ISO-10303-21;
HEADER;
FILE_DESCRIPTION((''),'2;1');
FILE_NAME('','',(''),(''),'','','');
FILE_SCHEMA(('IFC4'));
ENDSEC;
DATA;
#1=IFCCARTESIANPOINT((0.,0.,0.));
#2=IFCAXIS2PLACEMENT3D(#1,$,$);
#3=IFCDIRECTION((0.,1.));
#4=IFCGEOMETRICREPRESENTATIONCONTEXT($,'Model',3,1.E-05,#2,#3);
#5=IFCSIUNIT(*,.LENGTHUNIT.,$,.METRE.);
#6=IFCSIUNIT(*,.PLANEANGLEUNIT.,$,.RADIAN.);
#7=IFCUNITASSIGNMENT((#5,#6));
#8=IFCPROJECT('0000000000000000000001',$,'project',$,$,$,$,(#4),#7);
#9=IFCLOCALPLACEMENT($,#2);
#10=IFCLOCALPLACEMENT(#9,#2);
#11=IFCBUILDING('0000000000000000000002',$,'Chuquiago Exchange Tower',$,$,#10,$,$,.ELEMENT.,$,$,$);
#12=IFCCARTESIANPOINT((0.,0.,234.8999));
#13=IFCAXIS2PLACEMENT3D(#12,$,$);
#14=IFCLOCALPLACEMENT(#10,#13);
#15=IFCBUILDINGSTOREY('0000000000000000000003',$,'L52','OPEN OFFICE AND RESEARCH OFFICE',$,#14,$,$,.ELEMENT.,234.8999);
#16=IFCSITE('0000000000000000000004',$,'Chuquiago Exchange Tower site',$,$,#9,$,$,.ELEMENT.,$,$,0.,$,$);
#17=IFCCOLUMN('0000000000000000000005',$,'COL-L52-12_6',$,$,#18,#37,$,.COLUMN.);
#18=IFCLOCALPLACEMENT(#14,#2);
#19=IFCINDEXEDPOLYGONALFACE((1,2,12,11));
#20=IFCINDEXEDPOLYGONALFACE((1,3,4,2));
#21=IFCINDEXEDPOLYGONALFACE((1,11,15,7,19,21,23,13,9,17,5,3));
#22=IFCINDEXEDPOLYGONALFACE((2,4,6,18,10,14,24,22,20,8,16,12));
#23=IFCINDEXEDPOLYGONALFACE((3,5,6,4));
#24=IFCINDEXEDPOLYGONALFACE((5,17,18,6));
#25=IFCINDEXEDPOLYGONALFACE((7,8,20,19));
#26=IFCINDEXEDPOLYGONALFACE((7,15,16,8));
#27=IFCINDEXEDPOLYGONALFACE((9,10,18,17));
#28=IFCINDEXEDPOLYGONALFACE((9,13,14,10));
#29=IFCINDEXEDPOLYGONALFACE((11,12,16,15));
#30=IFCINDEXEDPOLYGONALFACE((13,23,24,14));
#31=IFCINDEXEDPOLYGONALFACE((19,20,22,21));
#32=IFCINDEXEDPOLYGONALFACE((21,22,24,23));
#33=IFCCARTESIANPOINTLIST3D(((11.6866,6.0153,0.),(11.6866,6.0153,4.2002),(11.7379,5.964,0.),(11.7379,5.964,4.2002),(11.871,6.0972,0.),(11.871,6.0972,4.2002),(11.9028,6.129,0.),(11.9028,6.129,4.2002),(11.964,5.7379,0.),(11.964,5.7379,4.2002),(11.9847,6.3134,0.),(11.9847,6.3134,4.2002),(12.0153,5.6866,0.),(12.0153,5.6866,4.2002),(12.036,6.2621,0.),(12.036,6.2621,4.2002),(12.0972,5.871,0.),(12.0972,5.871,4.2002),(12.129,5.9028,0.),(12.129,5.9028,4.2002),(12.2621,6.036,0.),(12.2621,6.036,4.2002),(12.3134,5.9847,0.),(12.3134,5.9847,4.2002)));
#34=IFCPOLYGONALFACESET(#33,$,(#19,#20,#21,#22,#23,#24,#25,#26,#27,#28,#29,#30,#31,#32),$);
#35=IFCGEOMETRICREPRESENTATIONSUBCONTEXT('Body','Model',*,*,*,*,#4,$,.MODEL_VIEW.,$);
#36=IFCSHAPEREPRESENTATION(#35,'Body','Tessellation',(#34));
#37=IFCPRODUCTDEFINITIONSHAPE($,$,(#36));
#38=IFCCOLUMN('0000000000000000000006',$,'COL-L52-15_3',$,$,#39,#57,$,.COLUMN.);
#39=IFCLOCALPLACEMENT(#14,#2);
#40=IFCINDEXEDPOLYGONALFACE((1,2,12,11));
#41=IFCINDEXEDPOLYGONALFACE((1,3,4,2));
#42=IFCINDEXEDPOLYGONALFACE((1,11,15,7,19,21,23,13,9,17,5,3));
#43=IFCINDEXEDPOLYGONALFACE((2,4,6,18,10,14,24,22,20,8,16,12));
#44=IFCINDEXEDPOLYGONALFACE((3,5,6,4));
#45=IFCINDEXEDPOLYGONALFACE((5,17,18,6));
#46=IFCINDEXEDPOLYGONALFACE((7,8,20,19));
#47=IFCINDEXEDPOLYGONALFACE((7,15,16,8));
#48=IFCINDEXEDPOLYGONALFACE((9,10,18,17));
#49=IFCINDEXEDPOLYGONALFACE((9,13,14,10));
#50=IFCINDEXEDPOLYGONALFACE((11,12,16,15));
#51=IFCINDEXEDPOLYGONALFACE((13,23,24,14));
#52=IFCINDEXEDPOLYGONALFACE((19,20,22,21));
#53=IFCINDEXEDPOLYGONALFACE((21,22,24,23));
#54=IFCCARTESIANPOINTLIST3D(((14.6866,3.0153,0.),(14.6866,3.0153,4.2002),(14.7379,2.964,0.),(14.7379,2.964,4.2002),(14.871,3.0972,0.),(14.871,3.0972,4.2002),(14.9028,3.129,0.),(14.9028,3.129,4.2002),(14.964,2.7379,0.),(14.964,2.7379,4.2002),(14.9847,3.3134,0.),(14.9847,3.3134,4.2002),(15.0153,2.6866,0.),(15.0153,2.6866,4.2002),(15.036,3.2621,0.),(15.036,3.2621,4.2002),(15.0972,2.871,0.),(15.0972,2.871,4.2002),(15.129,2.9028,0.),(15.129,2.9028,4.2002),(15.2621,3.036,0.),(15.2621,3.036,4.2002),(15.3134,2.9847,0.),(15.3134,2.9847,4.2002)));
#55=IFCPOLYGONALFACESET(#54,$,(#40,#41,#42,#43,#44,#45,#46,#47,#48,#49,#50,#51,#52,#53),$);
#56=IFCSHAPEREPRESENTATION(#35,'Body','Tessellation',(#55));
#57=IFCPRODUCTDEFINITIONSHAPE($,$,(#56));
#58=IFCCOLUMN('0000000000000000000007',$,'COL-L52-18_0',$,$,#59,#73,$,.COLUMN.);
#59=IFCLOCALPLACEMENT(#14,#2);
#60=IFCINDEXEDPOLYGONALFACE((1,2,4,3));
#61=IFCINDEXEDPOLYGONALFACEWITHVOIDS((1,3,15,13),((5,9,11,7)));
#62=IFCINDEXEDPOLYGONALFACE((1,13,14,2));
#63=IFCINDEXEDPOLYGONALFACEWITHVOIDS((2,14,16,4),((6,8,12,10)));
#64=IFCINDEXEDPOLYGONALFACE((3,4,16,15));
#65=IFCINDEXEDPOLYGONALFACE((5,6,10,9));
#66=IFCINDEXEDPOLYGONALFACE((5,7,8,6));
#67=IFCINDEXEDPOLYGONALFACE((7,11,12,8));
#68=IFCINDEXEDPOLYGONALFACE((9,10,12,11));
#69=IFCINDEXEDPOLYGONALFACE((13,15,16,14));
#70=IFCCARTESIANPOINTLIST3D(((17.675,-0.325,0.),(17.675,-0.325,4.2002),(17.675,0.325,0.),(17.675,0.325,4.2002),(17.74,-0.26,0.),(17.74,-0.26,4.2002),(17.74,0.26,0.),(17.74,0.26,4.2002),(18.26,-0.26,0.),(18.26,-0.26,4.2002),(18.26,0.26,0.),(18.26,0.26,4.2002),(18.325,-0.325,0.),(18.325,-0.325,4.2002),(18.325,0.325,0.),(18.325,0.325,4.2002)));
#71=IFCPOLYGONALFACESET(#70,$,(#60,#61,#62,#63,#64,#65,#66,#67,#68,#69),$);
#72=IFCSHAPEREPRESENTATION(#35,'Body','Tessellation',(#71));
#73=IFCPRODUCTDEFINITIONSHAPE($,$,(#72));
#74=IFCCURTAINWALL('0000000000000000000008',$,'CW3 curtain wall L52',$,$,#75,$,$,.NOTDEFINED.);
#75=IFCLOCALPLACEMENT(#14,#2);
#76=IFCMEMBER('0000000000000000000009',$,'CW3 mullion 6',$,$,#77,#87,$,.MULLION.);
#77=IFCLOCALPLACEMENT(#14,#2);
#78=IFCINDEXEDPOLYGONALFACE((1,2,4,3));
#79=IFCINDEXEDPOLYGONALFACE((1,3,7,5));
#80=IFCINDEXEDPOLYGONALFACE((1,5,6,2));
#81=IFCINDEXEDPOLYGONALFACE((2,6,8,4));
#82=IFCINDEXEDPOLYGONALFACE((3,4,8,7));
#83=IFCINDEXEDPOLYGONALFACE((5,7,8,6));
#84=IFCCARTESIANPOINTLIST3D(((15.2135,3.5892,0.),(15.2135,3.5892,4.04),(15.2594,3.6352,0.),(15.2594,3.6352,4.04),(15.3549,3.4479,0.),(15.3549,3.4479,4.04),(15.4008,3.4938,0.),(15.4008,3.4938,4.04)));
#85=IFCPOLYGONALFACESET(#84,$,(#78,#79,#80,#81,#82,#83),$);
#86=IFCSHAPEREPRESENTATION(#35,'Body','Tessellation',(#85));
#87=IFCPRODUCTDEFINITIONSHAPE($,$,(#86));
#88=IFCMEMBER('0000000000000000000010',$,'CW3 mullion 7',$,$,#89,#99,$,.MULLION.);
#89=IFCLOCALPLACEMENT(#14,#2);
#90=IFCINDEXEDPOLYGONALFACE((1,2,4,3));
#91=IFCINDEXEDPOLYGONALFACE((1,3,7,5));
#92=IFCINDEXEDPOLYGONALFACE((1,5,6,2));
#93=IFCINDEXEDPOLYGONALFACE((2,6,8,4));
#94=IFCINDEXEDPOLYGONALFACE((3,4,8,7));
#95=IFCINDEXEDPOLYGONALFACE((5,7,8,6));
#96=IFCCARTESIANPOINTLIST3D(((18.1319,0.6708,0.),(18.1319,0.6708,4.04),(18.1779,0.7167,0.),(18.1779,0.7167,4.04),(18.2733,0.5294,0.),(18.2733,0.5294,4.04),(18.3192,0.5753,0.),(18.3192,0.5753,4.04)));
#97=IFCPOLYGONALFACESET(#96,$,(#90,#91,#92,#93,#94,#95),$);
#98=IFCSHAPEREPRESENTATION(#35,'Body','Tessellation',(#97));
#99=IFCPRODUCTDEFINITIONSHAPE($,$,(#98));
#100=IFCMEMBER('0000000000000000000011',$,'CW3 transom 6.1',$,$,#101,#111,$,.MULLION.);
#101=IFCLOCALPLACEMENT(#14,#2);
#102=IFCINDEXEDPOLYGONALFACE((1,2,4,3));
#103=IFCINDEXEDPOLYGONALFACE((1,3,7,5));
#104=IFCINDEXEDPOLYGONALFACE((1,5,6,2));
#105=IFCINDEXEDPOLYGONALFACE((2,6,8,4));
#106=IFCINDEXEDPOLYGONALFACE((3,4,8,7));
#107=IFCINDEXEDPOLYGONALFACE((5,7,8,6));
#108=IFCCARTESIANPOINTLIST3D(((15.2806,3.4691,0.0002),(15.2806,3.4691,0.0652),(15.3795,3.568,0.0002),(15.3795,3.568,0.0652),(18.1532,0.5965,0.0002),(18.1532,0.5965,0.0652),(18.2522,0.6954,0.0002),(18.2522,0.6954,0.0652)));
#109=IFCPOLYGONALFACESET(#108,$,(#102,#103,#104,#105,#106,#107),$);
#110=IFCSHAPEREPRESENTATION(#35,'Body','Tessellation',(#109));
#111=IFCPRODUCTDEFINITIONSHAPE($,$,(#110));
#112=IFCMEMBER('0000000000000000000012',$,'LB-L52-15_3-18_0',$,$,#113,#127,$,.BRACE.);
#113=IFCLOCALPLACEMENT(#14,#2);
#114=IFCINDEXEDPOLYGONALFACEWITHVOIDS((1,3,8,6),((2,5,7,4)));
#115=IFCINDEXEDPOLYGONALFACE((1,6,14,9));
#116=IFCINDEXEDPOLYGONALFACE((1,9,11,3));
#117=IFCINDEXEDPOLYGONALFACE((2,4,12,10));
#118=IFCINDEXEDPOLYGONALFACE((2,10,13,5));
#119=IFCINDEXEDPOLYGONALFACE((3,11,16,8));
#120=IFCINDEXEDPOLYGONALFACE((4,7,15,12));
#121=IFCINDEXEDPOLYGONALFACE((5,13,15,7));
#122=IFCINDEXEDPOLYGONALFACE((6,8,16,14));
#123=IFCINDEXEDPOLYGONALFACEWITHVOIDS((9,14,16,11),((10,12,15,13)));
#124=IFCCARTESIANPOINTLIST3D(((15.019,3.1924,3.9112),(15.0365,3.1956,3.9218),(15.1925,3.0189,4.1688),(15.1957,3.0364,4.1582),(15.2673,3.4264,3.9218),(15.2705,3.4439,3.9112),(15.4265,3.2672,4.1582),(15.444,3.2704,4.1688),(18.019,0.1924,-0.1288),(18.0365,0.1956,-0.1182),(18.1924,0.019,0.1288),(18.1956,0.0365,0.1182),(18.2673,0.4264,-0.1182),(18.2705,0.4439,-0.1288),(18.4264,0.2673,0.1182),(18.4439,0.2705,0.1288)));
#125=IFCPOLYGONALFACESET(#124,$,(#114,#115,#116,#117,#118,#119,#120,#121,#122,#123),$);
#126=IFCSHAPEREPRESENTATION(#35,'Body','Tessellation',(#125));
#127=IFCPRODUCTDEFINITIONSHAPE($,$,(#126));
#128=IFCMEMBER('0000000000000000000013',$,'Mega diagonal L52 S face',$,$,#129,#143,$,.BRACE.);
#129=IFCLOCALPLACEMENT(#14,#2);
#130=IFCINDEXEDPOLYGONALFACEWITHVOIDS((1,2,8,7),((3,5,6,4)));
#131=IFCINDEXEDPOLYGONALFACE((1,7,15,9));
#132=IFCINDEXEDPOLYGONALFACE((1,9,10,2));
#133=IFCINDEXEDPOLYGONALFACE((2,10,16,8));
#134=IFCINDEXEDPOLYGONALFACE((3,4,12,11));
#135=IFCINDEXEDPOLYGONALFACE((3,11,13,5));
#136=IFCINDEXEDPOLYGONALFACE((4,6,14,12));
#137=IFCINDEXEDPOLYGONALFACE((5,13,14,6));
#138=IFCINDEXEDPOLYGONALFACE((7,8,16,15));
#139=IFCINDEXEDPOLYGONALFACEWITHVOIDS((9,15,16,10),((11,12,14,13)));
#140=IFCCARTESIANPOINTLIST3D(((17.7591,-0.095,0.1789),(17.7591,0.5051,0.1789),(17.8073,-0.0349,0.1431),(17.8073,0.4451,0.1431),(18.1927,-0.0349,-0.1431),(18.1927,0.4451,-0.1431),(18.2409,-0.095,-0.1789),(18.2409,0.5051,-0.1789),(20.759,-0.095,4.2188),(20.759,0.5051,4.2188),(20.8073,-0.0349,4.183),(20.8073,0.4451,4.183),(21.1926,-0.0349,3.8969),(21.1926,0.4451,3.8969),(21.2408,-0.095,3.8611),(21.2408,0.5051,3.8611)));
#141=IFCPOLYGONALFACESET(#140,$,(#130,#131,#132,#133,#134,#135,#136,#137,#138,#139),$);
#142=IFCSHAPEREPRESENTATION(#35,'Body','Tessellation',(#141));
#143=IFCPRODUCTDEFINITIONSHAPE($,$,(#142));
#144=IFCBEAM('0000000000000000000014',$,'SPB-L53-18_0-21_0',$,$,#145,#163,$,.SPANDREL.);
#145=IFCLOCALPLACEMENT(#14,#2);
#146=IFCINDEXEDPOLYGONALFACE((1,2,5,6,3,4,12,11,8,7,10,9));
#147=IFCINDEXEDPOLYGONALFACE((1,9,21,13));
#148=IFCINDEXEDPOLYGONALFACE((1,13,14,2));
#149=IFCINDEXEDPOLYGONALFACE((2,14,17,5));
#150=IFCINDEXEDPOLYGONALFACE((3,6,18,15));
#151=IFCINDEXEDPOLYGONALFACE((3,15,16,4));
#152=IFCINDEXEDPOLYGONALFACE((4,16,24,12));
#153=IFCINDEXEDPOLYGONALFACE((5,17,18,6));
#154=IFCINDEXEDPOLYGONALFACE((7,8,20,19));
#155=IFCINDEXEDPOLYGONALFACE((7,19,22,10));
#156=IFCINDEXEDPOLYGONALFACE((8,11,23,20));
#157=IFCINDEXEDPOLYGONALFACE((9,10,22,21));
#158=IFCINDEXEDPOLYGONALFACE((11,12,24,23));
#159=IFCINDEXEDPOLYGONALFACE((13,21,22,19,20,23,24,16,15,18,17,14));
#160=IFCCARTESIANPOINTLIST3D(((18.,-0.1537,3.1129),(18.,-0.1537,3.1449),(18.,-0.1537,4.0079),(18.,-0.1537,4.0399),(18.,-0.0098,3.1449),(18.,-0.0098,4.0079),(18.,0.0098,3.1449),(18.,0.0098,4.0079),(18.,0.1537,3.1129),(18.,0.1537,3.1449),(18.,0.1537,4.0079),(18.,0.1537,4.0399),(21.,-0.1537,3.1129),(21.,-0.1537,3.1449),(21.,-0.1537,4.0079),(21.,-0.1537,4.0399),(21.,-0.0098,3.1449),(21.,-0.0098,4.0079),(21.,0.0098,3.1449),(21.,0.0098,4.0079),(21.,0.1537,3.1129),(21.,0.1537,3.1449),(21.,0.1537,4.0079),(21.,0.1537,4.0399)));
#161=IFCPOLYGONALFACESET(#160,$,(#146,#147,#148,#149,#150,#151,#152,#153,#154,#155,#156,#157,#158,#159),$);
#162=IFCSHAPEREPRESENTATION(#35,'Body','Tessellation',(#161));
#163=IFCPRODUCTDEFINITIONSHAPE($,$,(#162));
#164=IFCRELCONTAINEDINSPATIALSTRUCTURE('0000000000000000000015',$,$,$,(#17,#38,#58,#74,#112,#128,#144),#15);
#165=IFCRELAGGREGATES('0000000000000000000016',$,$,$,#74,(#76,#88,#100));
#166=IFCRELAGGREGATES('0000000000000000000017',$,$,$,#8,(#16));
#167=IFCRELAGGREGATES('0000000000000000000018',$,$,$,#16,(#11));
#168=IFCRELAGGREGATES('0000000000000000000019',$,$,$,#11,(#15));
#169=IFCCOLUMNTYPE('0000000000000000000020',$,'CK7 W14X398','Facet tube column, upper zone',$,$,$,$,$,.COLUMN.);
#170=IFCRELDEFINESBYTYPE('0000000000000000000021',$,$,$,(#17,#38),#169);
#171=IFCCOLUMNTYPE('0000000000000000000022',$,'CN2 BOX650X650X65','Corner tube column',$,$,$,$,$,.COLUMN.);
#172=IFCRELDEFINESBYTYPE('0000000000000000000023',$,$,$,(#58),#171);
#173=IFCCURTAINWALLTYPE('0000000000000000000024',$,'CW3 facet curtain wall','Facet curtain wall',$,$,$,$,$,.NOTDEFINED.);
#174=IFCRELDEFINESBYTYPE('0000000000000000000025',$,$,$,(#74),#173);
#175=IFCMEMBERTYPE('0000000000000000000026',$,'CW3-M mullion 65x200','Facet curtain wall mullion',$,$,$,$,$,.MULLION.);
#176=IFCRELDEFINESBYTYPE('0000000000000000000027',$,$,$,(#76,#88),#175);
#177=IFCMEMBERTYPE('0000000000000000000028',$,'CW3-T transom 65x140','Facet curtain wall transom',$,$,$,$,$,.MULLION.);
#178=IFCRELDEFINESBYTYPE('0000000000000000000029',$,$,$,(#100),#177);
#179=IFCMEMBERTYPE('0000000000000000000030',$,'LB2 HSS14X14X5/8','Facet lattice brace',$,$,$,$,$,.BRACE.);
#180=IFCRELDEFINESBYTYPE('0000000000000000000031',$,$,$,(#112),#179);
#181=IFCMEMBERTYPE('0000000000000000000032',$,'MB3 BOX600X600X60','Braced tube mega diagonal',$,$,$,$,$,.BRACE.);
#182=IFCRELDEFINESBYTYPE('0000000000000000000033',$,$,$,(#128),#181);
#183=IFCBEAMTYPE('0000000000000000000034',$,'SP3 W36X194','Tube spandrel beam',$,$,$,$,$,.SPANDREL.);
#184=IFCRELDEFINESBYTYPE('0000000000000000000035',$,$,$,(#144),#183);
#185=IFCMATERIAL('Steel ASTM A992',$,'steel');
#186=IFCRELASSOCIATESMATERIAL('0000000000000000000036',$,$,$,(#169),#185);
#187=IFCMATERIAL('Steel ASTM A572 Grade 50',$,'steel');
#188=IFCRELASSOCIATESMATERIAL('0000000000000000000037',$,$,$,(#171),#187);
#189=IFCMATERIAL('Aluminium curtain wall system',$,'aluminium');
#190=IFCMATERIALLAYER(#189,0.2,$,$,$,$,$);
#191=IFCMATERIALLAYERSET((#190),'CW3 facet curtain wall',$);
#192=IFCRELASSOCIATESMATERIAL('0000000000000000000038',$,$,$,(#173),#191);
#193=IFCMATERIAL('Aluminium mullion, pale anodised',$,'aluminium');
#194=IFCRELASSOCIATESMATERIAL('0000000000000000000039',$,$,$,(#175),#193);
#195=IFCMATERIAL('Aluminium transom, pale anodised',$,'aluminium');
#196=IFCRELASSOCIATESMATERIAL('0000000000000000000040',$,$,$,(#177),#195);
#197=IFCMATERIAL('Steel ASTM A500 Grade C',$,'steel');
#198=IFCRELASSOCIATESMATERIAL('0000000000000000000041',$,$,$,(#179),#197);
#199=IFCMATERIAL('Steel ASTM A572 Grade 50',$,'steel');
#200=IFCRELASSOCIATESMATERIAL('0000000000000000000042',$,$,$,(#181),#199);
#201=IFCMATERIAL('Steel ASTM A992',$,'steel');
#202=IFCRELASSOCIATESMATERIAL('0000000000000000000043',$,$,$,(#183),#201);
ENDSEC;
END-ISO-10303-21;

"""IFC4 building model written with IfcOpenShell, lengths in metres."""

from ifc_helpers import new_model, si_unit, direction, frame, origin, origin_2d, place, context, subcontext, project, spatial, rectangle, hollow_rectangle, i_section, extrude, material, layer, layer_set, material_profile, profile_set, type_object, element, aggregate, save


model = new_model("IFC4")

# Units and contexts
model_context = context("Model", 3, precision=1e-05, world=origin(), true_north=direction((0.0, 1.0)))
body_context = subcontext(model_context, "Body", "Model", "MODEL_VIEW")
ifc_project = project(units=[si_unit("LENGTHUNIT", "METRE"), si_unit("PLANEANGLEUNIT", "RADIAN")], contexts=[model_context])

# Site, building, storey
site_placement = place(None, origin())
site = spatial("IfcSite", under=ifc_project, at=site_placement, Name="Chuquiago Exchange Tower site", CompositionType="ELEMENT", RefElevation=0.0)
building_placement = place(site_placement, origin())
building = spatial("IfcBuilding", under=site, at=building_placement, Name="Chuquiago Exchange Tower", CompositionType="ELEMENT")
storey_placement = place(building_placement, frame((0.0, 0.0, 234.8999)))
storey = spatial("IfcBuildingStorey", under=building, at=storey_placement, Name="L52", Description="OPEN OFFICE AND RESEARCH OFFICE", CompositionType="ELEMENT", Elevation=234.8999)

# Columns
ifc_material_1 = material(Name="Steel ASTM A992", Category="steel")
ifc_material_profile_1 = material_profile(ifc_material_1, i_section(OverallWidth=0.4216, OverallDepth=0.4648, WebThickness=0.0449, FlangeThickness=0.0725, at=origin_2d()), Name="W14X398")
ifc_profile_set_1 = profile_set([ifc_material_profile_1], Name="Steel ASTM A992")
column_type_1 = type_object("IfcColumnType", Name="CK7 W14X398", Description="Facet tube column, upper zone", PredefinedType="COLUMN", material=ifc_profile_set_1)
for number, where, z_axis, x_axis, name in (
    (1, (12.0, 6.0, 0.0), (0.0, 0.0, 1.0), (-0.707107, -0.707107, 0.0), "COL-L52-12_6"),
    (2, (15.0, 3.0, 0.0), (0.0, 0.0, 1.0), (-0.707107, -0.707107, 0.0), "COL-L52-15_3"),
):
    element("IfcColumn", number, at=place(storey_placement, frame(where, z_axis=z_axis, x_axis=x_axis)), inside=storey, type_object=column_type_1, Name=name, PredefinedType="COLUMN", context=body_context, shape_type="SweptSolid", body=[
        extrude(i_section(OverallWidth=0.4216, OverallDepth=0.4648, WebThickness=0.0449, FlangeThickness=0.0725, at=origin_2d()), origin(), (0.0, 0.0, 1.0), 4.2002),
    ])
ifc_material_2 = material(Name="Steel ASTM A572 Grade 50", Category="steel")
ifc_material_profile_2 = material_profile(ifc_material_2, hollow_rectangle(XDim=0.6499, YDim=0.6499, WallThickness=0.0649, at=origin_2d()), Name="BOX650X650X65")
ifc_profile_set_2 = profile_set([ifc_material_profile_2], Name="Steel ASTM A572 Grade 50")
column_type_2 = type_object("IfcColumnType", Name="CN2 BOX650X650X65", Description="Corner tube column", PredefinedType="COLUMN", material=ifc_profile_set_2)
column_placement = place(storey_placement, frame((18.0, 0.0, 0.0), z_axis=(0.0, 0.0, 1.0), x_axis=(0.0, -1.0, 0.0)))
element("IfcColumn", 3, at=column_placement, inside=storey, type_object=column_type_2, Name="COL-L52-18_0", PredefinedType="COLUMN", context=body_context, shape_type="SweptSolid", body=[
    extrude(hollow_rectangle(XDim=0.6499, YDim=0.6499, WallThickness=0.0649, at=origin_2d()), origin(), (0.0, 0.0, 1.0), 4.2002),
])

# Curtain wall, members
ifc_material_3 = material(Name="Aluminium curtain wall system", Category="aluminium")
ifc_layer_1 = layer(ifc_material_3, 0.2)
ifc_layer_set_1 = layer_set([ifc_layer_1], Name="CW3 facet curtain wall")
curtain_wall_type = type_object("IfcCurtainWallType", Name="CW3 facet curtain wall", Description="Facet curtain wall", PredefinedType="NOTDEFINED", material=ifc_layer_set_1)
curtain_wall_placement = place(storey_placement, origin())
curtain_wall = element("IfcCurtainWall", 4, at=curtain_wall_placement, inside=storey, type_object=curtain_wall_type, Name="CW3 curtain wall L52", PredefinedType="NOTDEFINED")
ifc_material_4 = material(Name="Aluminium mullion, pale anodised", Category="aluminium")
ifc_material_profile_3 = material_profile(ifc_material_4, rectangle(XDim=0.0649, YDim=0.2, at=origin_2d()), Name="AL 65x200")
ifc_profile_set_3 = profile_set([ifc_material_profile_3], Name="Aluminium mullion, pale anodised")
member_type_1 = type_object("IfcMemberType", Name="CW3-M mullion 65x200", Description="Facet curtain wall mullion", PredefinedType="MULLION", material=ifc_profile_set_3)
member_1_placement = place(storey_placement, frame((15.3071, 3.5415, 0.0), z_axis=(0.0, 0.0, 1.0), x_axis=(0.707107, 0.707107, 0.0)))
member_1 = element("IfcMember", 5, at=member_1_placement, type_object=member_type_1, Name="CW3 mullion 6", PredefinedType="MULLION", context=body_context, shape_type="SweptSolid", body=[
    extrude(rectangle(XDim=0.0649, YDim=0.2, at=origin_2d()), origin(), (0.0, 0.0, 1.0), 4.04),
])
member_2_placement = place(storey_placement, frame((18.2256, 0.623, 0.0), z_axis=(0.0, 0.0, 1.0), x_axis=(0.707107, 0.707107, 0.0)))
member_2 = element("IfcMember", 6, at=member_2_placement, type_object=member_type_1, Name="CW3 mullion 7", PredefinedType="MULLION", context=body_context, shape_type="SweptSolid", body=[
    extrude(rectangle(XDim=0.0649, YDim=0.2, at=origin_2d()), origin(), (0.0, 0.0, 1.0), 4.04),
])
ifc_material_5 = material(Name="Aluminium transom, pale anodised", Category="aluminium")
ifc_material_profile_4 = material_profile(ifc_material_5, rectangle(XDim=0.1399, YDim=0.0649, at=origin_2d()), Name="AL 140x65")
ifc_profile_set_4 = profile_set([ifc_material_profile_4], Name="Aluminium transom, pale anodised")
member_type_2 = type_object("IfcMemberType", Name="CW3-T transom 65x140", Description="Facet curtain wall transom", PredefinedType="MULLION", material=ifc_profile_set_4)
member_3_placement = place(storey_placement, frame((15.3301, 3.5186, 0.0327), z_axis=(0.707107, -0.707107, 0.0), x_axis=(0.707107, 0.707107, 0.0)))
member_3 = element("IfcMember", 7, at=member_3_placement, type_object=member_type_2, Name="CW3 transom 6.1", PredefinedType="MULLION", context=body_context, shape_type="SweptSolid", body=[
    extrude(rectangle(XDim=0.1399, YDim=0.0649, at=origin_2d()), origin(), (0.0, 0.0, 1.0), 4.0625),
])

# Members
ifc_material_6 = material(Name="Steel ASTM A500 Grade C", Category="steel")
ifc_material_profile_5 = material_profile(ifc_material_6, hollow_rectangle(XDim=0.3557, YDim=0.3557, WallThickness=0.0146, at=origin_2d()), Name="HSS14X14X5/8")
ifc_profile_set_5 = profile_set([ifc_material_profile_5], Name="Steel ASTM A500 Grade C")
member_type_3 = type_object("IfcMemberType", Name="LB2 HSS14X14X5/8", Description="Facet lattice brace", PredefinedType="BRACE", material=ifc_profile_set_5)
member_4_placement = place(storey_placement, frame((18.2314, 0.2314, 0.0), z_axis=(-0.512077, 0.512077, 0.689604), x_axis=(-0.707107, -0.707107, 0.0)))
element("IfcMember", 8, at=member_4_placement, inside=storey, type_object=member_type_3, Name="LB-L52-15_3-18_0", PredefinedType="BRACE", context=body_context, shape_type="SweptSolid", body=[
    extrude(hollow_rectangle(XDim=0.3557, YDim=0.3557, WallThickness=0.0146, at=origin_2d()), origin(), (0.0, 0.0, 1.0), 5.8584),
])
ifc_material_7 = material(Name="Steel ASTM A572 Grade 50", Category="steel")
ifc_material_profile_6 = material_profile(ifc_material_7, hollow_rectangle(XDim=0.6001, YDim=0.6001, WallThickness=0.0601, at=origin_2d()), Name="BOX600X600X60")
ifc_profile_set_6 = profile_set([ifc_material_profile_6], Name="Steel ASTM A572 Grade 50")
member_type_4 = type_object("IfcMemberType", Name="MB3 BOX600X600X60", Description="Braced tube mega diagonal", PredefinedType="BRACE", material=ifc_profile_set_6)
member_5_placement = place(storey_placement, frame((18.0, 0.2051, 0.0), z_axis=(0.596174, 0.0, 0.802855), x_axis=(0.0, 1.0, 0.0)))
element("IfcMember", 9, at=member_5_placement, inside=storey, type_object=member_type_4, Name="Mega diagonal L52 S face", PredefinedType="BRACE", context=body_context, shape_type="SweptSolid", body=[
    extrude(hollow_rectangle(XDim=0.6001, YDim=0.6001, WallThickness=0.0601, at=origin_2d()), origin(), (0.0, 0.0, 1.0), 5.032),
])

# Beam
ifc_material_8 = material(Name="Steel ASTM A992", Category="steel")
ifc_material_profile_7 = material_profile(ifc_material_8, i_section(OverallWidth=0.3074, OverallDepth=0.927, WebThickness=0.0195, FlangeThickness=0.032, at=origin_2d()), Name="W36X194")
ifc_profile_set_7 = profile_set([ifc_material_profile_7], Name="Steel ASTM A992")
beam_type = type_object("IfcBeamType", Name="SP3 W36X194", Description="Tube spandrel beam", PredefinedType="SPANDREL", material=ifc_profile_set_7)
beam_placement = place(storey_placement, frame((18.0, 0.0, 3.5764), z_axis=(1.0, 0.0, 0.0), x_axis=(0.0, 1.0, 0.0)))
element("IfcBeam", 10, at=beam_placement, inside=storey, type_object=beam_type, Name="SPB-L53-18_0-21_0", PredefinedType="SPANDREL", context=body_context, shape_type="SweptSolid", body=[
    extrude(i_section(OverallWidth=0.3074, OverallDepth=0.927, WebThickness=0.0195, FlangeThickness=0.032, at=origin_2d()), origin(), (0.0, 0.0, 1.0), 3.0),
])

aggregate(curtain_wall, [member_1, member_2, member_3])

save(model, "model.ifc")
